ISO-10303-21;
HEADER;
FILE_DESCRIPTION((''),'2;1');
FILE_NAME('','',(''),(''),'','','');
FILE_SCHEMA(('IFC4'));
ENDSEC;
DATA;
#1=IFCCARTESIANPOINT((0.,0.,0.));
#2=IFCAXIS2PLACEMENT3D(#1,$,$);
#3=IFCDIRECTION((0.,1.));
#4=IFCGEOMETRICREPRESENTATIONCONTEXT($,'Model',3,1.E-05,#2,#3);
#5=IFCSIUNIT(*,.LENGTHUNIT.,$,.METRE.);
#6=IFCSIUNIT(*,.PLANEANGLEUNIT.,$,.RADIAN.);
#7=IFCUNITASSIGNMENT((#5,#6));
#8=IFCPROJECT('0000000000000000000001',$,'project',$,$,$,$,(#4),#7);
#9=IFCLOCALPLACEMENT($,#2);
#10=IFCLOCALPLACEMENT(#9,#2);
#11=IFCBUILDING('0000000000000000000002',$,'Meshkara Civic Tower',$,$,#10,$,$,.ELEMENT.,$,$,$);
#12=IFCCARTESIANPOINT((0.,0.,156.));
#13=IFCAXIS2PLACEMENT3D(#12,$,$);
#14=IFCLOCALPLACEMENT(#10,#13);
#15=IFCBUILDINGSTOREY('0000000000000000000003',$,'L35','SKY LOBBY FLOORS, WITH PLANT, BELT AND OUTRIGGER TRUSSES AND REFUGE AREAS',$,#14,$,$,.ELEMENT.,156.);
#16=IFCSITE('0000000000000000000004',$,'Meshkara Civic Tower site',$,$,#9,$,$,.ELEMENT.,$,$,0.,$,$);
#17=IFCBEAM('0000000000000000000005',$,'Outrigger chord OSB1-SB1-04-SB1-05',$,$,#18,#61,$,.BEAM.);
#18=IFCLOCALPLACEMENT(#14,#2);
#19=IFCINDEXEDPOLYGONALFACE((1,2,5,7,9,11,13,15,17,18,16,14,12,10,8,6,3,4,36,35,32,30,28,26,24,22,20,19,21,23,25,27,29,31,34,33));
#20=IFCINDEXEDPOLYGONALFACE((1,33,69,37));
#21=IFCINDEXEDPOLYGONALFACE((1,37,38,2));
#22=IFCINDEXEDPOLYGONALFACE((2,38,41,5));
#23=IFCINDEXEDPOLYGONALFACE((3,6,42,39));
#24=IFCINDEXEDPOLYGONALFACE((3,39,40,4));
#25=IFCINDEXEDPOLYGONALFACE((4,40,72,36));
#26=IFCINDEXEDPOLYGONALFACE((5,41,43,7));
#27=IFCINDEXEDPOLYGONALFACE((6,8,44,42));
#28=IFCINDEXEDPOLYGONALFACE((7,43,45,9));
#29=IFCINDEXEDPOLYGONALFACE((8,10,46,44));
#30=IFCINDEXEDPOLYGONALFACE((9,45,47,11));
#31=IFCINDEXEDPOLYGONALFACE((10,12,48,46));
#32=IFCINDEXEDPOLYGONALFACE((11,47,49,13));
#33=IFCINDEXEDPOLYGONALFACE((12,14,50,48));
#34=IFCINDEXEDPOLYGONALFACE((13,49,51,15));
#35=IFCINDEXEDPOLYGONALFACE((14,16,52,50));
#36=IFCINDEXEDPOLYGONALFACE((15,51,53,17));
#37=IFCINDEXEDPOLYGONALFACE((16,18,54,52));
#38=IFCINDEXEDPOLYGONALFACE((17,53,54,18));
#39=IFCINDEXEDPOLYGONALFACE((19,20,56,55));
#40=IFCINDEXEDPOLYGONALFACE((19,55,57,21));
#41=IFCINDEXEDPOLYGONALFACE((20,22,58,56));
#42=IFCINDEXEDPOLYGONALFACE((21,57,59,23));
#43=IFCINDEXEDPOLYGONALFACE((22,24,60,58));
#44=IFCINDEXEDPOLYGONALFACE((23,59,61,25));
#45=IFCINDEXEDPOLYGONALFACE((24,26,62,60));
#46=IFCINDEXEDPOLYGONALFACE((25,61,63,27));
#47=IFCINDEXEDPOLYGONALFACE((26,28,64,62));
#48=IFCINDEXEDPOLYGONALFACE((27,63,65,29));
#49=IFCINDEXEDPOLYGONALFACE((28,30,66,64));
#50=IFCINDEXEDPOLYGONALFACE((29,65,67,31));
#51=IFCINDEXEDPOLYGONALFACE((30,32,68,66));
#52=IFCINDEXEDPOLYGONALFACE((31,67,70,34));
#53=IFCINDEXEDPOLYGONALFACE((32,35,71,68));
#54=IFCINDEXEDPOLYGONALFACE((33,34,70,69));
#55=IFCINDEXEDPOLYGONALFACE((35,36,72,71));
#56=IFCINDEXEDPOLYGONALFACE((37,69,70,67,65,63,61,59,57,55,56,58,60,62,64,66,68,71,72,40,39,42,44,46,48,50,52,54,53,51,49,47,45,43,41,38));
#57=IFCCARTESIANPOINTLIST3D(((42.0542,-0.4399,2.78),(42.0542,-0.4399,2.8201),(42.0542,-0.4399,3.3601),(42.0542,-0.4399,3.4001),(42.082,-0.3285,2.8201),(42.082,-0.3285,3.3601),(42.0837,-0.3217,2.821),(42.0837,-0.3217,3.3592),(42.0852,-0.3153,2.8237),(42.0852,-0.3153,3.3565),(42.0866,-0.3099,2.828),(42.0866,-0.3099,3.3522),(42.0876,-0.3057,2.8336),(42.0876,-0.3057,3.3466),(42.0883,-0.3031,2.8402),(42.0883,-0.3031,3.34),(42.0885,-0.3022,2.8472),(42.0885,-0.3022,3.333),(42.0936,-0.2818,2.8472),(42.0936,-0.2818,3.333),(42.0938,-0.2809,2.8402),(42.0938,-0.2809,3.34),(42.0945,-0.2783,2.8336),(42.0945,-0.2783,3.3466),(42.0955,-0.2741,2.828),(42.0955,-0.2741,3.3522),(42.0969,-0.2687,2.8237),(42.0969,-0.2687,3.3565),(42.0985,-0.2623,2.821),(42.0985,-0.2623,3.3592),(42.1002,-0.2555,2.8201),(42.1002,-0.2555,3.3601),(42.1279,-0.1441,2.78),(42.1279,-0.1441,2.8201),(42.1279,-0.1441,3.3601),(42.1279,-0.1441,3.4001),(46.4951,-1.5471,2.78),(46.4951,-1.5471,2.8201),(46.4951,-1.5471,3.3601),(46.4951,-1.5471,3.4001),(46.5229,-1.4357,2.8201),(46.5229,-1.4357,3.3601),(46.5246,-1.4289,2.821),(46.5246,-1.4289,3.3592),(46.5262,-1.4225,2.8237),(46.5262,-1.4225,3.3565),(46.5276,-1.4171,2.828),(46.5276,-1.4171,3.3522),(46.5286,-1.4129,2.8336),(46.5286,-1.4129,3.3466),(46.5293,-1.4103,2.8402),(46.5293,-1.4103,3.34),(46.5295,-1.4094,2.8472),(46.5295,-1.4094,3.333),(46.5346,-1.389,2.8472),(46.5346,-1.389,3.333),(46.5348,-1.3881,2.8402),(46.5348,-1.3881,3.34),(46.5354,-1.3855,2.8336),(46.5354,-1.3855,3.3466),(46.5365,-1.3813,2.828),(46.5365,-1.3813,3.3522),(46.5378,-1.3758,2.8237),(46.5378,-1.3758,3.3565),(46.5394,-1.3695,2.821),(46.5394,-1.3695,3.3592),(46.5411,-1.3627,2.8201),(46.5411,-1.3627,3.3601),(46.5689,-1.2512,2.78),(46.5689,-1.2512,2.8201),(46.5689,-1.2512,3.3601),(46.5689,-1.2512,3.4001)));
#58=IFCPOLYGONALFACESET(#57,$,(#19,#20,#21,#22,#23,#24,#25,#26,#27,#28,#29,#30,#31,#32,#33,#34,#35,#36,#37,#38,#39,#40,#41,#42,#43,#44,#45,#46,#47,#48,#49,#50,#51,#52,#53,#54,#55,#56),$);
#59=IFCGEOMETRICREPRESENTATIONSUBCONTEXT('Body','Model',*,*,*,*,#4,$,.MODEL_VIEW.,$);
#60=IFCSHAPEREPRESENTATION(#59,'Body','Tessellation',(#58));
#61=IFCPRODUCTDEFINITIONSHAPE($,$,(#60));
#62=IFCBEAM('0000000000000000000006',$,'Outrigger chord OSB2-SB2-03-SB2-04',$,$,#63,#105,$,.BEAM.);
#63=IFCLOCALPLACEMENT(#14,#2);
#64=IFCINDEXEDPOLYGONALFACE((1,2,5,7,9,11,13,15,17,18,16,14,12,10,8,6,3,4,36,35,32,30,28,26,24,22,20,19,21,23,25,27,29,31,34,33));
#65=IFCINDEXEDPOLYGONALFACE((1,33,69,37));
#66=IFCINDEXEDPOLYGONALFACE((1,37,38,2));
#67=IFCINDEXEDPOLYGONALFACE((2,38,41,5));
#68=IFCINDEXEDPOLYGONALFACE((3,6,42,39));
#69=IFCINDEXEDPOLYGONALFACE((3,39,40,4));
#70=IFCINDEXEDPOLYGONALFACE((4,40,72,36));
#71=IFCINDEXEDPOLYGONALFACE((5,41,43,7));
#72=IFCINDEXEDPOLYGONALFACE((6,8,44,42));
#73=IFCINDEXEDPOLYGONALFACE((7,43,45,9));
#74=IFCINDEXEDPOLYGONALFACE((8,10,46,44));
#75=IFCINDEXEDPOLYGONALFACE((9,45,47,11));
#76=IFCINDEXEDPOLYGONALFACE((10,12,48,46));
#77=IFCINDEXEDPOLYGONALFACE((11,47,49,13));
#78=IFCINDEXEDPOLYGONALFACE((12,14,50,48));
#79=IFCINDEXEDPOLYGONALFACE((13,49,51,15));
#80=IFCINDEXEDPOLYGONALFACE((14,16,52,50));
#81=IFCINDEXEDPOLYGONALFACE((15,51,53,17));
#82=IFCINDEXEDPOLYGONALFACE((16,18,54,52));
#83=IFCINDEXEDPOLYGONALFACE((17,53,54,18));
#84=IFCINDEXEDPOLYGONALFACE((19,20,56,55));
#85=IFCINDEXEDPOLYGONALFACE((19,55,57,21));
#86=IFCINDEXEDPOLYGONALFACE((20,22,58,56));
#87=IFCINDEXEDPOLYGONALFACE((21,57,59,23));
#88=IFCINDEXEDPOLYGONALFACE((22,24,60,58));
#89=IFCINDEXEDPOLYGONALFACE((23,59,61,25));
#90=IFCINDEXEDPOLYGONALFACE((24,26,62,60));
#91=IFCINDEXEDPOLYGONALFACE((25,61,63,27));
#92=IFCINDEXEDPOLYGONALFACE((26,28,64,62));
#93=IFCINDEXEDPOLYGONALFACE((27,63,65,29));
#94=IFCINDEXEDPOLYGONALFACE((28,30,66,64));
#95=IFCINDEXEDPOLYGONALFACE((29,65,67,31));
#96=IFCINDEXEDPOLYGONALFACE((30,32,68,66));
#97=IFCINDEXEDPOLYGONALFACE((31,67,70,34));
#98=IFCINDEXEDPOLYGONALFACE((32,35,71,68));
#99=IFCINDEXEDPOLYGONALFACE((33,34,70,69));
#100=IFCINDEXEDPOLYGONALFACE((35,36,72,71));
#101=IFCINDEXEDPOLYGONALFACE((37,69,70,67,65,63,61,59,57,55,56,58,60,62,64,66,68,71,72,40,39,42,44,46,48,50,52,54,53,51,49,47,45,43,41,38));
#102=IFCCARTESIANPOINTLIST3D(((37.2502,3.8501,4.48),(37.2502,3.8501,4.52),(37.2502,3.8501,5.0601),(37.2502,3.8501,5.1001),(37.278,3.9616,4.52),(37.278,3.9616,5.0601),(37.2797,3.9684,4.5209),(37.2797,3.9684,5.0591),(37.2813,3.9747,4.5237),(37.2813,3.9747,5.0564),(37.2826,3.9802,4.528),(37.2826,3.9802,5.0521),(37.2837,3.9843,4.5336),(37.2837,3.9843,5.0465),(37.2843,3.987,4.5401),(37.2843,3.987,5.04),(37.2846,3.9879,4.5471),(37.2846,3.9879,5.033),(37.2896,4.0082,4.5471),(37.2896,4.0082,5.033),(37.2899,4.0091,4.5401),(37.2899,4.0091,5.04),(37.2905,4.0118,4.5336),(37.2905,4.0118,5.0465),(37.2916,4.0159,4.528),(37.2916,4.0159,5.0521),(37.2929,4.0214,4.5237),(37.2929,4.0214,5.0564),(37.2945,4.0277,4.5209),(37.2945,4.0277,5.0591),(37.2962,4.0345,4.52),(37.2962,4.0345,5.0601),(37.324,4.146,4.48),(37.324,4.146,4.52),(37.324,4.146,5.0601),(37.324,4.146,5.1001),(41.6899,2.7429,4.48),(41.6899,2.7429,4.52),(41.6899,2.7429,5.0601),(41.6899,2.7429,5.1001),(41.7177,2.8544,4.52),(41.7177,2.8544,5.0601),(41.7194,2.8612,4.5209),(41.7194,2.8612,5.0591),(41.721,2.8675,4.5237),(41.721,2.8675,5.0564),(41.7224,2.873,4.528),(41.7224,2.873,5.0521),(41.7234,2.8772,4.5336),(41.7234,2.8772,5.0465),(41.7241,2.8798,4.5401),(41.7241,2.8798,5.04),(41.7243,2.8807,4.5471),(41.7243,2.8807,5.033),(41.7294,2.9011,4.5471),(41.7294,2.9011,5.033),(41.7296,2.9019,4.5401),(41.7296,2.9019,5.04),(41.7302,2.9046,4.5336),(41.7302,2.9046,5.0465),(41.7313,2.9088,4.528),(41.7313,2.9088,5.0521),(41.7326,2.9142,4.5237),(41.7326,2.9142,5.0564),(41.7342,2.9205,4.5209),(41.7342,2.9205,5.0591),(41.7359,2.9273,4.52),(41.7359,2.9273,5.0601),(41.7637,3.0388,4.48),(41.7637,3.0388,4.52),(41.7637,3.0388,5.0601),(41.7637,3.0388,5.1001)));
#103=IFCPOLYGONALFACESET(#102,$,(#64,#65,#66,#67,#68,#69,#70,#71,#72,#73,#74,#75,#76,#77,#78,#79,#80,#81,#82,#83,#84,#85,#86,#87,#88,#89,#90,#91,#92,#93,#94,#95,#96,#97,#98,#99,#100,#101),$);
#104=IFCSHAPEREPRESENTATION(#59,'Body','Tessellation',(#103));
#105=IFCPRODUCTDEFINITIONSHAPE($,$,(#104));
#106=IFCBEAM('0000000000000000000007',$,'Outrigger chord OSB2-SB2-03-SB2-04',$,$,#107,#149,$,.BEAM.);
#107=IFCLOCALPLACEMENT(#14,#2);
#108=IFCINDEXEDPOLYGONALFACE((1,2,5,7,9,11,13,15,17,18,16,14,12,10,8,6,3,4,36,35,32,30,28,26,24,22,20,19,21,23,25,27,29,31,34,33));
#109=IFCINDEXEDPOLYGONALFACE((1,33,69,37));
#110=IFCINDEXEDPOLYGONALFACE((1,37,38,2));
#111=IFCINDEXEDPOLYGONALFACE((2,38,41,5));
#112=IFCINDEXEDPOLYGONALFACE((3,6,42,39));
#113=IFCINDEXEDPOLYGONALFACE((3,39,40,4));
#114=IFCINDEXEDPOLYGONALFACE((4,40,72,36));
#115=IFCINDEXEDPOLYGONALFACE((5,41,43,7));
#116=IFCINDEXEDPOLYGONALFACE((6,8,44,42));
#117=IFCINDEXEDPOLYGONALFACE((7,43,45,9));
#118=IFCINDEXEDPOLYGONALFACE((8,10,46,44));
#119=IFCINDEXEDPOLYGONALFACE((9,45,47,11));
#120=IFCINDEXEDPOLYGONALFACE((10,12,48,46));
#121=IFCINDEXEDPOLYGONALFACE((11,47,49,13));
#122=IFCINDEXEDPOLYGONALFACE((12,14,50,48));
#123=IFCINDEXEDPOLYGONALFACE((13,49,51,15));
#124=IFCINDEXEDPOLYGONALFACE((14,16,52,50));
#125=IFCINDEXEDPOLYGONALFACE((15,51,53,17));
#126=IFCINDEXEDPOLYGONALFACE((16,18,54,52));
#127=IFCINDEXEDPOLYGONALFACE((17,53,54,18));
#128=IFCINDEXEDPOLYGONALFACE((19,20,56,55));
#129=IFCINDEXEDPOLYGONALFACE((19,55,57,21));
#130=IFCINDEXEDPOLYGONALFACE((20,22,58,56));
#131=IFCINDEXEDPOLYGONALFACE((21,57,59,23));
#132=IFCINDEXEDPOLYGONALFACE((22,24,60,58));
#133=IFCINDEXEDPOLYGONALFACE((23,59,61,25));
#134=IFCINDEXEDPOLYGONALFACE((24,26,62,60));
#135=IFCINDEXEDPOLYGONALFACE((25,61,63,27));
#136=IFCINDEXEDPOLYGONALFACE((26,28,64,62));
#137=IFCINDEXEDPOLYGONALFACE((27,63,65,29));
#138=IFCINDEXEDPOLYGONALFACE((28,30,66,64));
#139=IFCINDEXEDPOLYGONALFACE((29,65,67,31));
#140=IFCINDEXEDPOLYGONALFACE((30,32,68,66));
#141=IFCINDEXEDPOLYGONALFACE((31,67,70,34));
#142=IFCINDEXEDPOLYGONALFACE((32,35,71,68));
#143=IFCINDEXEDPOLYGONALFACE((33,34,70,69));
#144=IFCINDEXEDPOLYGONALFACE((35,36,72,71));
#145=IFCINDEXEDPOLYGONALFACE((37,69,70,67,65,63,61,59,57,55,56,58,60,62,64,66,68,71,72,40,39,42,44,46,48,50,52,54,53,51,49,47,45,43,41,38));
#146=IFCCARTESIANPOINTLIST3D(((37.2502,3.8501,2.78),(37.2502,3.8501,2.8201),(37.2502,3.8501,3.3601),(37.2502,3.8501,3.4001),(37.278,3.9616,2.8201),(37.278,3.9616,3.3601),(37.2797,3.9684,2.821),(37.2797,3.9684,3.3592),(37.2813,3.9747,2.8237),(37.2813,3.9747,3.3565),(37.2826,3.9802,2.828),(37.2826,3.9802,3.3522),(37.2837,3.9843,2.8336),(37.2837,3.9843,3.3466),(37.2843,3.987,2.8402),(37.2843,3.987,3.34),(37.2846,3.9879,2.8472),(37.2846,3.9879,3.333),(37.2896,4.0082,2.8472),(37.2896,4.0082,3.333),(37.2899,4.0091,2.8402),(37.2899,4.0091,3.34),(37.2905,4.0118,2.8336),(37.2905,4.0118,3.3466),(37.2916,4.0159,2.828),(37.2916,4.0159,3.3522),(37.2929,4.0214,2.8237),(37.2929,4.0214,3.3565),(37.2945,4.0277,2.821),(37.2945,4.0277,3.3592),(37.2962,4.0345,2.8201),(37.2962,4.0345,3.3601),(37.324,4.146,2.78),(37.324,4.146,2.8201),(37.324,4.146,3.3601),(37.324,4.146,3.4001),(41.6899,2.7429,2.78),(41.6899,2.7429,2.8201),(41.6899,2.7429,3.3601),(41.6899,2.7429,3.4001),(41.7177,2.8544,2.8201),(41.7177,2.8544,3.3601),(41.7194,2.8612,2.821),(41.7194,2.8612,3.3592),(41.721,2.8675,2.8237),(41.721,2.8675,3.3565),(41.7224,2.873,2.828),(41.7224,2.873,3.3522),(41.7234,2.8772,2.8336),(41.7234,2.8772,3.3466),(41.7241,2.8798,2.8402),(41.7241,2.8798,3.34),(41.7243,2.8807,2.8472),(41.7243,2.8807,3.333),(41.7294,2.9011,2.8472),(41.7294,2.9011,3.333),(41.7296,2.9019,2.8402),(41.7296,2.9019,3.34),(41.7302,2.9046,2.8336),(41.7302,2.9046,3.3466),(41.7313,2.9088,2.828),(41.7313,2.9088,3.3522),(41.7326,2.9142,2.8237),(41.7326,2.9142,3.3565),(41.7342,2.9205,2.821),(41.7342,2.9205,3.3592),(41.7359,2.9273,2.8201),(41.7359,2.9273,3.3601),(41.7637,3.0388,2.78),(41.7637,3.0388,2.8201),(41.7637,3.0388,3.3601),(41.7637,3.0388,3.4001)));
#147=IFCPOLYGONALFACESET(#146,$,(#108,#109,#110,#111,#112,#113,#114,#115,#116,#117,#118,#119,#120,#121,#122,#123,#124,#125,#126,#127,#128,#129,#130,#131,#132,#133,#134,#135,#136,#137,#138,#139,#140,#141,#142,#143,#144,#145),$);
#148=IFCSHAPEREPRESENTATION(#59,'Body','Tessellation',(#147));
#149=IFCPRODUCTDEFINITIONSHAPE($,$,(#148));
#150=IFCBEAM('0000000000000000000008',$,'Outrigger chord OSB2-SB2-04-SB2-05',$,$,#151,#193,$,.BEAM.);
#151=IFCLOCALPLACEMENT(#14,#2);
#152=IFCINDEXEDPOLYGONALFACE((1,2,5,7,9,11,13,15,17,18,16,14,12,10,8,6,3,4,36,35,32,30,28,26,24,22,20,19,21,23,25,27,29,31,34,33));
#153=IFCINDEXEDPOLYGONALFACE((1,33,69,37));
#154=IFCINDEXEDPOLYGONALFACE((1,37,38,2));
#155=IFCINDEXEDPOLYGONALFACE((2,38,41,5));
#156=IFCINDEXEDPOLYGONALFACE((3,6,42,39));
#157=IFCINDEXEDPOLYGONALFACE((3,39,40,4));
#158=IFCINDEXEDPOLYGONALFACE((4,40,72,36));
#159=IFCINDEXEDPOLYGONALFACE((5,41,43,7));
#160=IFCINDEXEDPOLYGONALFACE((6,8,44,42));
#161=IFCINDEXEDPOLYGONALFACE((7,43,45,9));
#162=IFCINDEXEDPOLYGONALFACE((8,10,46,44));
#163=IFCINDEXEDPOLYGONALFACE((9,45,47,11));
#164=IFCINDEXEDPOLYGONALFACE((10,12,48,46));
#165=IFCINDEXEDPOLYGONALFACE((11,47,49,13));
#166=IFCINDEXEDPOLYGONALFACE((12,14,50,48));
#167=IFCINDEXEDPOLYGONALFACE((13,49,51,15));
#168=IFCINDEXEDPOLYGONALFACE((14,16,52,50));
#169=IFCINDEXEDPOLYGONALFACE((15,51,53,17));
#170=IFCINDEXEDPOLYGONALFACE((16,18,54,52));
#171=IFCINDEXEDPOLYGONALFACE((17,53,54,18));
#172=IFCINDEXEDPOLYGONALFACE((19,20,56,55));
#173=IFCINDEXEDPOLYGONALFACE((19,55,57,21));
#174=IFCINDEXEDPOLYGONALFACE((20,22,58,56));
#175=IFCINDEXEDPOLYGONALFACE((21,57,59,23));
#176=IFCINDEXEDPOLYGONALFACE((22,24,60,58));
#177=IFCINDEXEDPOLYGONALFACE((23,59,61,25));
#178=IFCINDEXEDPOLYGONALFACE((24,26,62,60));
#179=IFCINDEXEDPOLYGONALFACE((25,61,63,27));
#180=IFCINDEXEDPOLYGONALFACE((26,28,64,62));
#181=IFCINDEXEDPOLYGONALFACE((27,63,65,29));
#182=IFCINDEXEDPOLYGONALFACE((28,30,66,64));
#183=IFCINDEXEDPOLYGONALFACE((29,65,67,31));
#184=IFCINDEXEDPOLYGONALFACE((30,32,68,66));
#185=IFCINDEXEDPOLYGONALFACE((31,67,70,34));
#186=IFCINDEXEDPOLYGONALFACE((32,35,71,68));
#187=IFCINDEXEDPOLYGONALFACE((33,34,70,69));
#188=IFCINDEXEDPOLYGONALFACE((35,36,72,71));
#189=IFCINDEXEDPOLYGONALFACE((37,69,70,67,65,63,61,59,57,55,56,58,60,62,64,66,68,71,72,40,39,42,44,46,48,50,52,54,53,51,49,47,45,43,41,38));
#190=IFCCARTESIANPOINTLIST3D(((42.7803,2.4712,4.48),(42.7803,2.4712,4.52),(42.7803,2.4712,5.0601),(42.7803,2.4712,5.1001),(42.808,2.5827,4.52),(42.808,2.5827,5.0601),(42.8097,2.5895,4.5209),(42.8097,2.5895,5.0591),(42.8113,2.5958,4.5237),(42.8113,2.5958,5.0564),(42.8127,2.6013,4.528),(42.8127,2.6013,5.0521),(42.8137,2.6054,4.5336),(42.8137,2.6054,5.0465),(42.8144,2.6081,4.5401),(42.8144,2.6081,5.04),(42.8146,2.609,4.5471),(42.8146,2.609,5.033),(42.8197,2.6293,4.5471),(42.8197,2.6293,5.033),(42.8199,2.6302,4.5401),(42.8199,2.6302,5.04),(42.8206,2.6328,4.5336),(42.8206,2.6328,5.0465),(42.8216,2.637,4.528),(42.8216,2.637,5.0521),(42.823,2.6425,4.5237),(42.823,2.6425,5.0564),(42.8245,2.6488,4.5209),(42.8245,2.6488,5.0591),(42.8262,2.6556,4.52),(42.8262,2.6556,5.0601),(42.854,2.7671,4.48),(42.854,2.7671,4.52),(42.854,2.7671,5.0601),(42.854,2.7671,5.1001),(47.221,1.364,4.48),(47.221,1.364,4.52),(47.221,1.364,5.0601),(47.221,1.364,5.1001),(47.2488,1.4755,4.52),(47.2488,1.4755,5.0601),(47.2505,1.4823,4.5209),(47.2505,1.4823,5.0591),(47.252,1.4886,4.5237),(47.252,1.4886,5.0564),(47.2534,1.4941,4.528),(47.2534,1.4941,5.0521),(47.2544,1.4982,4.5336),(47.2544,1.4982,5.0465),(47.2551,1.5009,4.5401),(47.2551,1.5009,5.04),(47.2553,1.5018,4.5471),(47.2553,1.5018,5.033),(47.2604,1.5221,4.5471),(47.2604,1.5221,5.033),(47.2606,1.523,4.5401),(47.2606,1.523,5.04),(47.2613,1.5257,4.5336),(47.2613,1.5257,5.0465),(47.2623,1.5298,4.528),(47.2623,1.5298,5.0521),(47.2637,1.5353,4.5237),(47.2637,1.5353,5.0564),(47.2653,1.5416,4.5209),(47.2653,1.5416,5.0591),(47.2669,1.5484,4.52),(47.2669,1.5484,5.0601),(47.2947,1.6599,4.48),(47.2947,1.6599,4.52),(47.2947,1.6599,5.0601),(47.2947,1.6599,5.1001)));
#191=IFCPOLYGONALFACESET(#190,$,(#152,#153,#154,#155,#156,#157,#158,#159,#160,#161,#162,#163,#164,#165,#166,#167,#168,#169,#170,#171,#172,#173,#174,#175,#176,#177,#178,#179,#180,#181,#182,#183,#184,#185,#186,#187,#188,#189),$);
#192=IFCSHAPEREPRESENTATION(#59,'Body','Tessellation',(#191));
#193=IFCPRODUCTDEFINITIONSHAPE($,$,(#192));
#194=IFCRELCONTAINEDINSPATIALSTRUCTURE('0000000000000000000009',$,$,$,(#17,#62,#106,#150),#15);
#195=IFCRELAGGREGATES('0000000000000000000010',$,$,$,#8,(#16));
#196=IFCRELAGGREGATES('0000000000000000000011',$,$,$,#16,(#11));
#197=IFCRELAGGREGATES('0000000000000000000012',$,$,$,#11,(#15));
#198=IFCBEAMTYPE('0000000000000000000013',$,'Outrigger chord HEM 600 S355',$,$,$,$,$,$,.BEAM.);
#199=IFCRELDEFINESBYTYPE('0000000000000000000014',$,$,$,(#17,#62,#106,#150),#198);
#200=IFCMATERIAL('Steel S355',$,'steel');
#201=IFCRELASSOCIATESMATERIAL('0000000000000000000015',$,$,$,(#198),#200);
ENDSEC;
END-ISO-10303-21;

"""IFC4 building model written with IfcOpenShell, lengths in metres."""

from ifc_helpers import new_model, si_unit, direction, frame, origin, origin_2d, place, context, subcontext, project, spatial, i_section, extrude, material, material_profile, profile_set, type_object, element, save


model = new_model("IFC4")

# Units and contexts
model_context = context("Model", 3, precision=1e-05, world=origin(), true_north=direction((0.0, 1.0)))
body_context = subcontext(model_context, "Body", "Model", "MODEL_VIEW")
ifc_project = project(units=[si_unit("LENGTHUNIT", "METRE"), si_unit("PLANEANGLEUNIT", "RADIAN")], contexts=[model_context])

# Site, building, storey
site_placement = place(None, origin())
site = spatial("IfcSite", under=ifc_project, at=site_placement, Name="Meshkara Civic Tower site", CompositionType="ELEMENT", RefElevation=0.0)
building_placement = place(site_placement, origin())
building = spatial("IfcBuilding", under=site, at=building_placement, Name="Meshkara Civic Tower", CompositionType="ELEMENT")
storey_placement = place(building_placement, frame((0.0, 0.0, 156.0)))
storey = spatial("IfcBuildingStorey", under=building, at=storey_placement, Name="L35", Description="SKY LOBBY FLOORS, WITH PLANT, BELT AND OUTRIGGER TRUSSES AND REFUGE AREAS", CompositionType="ELEMENT", Elevation=156.0)

# Beams
ifc_material_1 = material(Name="Steel S355", Category="steel")
ifc_material_profile_1 = material_profile(ifc_material_1, i_section(OverallWidth=0.3049, OverallDepth=0.6201, WebThickness=0.021, FlangeThickness=0.04, FilletRadius=0.0271, at=origin_2d()))
ifc_profile_set_1 = profile_set([ifc_material_profile_1], Name="Steel S355")
beam_type = type_object("IfcBeamType", Name="Outrigger chord HEM 600 S355", PredefinedType="BEAM", material=ifc_profile_set_1)
for number, where, z_axis, x_axis, name in (
    (1, (42.0911, -0.292, 3.0901), (0.970299, -0.241908, 0.0), (0.241908, 0.970299, 0.0), "Outrigger chord OSB1-SB1-04-SB1-05"),
):
    element("IfcBeam", number, at=place(storey_placement, frame(where, z_axis=z_axis, x_axis=x_axis)), inside=storey, type_object=beam_type, Name=name, PredefinedType="BEAM", context=body_context, shape_type="SweptSolid", body=[
        extrude(i_section(OverallWidth=0.3049, OverallDepth=0.6201, WebThickness=0.021, FlangeThickness=0.04, FilletRadius=0.0271, at=origin_2d()), origin(), (0.0, 0.0, 1.0), 4.5769),
    ])
for number, where, z_axis, x_axis, name in (
    (2, (37.2871, 3.998, 4.79), (0.970284, -0.241971, 0.0), (0.241971, 0.970284, 0.0), "Outrigger chord OSB2-SB2-03-SB2-04"),
    (3, (37.2871, 3.998, 3.0901), (0.970284, -0.241971, 0.0), (0.241971, 0.970284, 0.0), "Outrigger chord OSB2-SB2-03-SB2-04"),
):
    element("IfcBeam", number, at=place(storey_placement, frame(where, z_axis=z_axis, x_axis=x_axis)), inside=storey, type_object=beam_type, Name=name, PredefinedType="BEAM", context=body_context, shape_type="SweptSolid", body=[
        extrude(i_section(OverallWidth=0.3049, OverallDepth=0.6201, WebThickness=0.021, FlangeThickness=0.04, FilletRadius=0.0271, at=origin_2d()), origin(), (0.0, 0.0, 1.0), 4.5757),
    ])
for number, where, z_axis, x_axis, name in (
    (4, (42.8171, 2.6191, 4.79), (0.970296, -0.241921, 0.0), (0.241921, 0.970296, 0.0), "Outrigger chord OSB2-SB2-04-SB2-05"),
):
    element("IfcBeam", number, at=place(storey_placement, frame(where, z_axis=z_axis, x_axis=x_axis)), inside=storey, type_object=beam_type, Name=name, PredefinedType="BEAM", context=body_context, shape_type="SweptSolid", body=[
        extrude(i_section(OverallWidth=0.3049, OverallDepth=0.6201, WebThickness=0.021, FlangeThickness=0.04, FilletRadius=0.0271, at=origin_2d()), origin(), (0.0, 0.0, 1.0), 4.5767),
    ])

save(model, "model.ifc")
